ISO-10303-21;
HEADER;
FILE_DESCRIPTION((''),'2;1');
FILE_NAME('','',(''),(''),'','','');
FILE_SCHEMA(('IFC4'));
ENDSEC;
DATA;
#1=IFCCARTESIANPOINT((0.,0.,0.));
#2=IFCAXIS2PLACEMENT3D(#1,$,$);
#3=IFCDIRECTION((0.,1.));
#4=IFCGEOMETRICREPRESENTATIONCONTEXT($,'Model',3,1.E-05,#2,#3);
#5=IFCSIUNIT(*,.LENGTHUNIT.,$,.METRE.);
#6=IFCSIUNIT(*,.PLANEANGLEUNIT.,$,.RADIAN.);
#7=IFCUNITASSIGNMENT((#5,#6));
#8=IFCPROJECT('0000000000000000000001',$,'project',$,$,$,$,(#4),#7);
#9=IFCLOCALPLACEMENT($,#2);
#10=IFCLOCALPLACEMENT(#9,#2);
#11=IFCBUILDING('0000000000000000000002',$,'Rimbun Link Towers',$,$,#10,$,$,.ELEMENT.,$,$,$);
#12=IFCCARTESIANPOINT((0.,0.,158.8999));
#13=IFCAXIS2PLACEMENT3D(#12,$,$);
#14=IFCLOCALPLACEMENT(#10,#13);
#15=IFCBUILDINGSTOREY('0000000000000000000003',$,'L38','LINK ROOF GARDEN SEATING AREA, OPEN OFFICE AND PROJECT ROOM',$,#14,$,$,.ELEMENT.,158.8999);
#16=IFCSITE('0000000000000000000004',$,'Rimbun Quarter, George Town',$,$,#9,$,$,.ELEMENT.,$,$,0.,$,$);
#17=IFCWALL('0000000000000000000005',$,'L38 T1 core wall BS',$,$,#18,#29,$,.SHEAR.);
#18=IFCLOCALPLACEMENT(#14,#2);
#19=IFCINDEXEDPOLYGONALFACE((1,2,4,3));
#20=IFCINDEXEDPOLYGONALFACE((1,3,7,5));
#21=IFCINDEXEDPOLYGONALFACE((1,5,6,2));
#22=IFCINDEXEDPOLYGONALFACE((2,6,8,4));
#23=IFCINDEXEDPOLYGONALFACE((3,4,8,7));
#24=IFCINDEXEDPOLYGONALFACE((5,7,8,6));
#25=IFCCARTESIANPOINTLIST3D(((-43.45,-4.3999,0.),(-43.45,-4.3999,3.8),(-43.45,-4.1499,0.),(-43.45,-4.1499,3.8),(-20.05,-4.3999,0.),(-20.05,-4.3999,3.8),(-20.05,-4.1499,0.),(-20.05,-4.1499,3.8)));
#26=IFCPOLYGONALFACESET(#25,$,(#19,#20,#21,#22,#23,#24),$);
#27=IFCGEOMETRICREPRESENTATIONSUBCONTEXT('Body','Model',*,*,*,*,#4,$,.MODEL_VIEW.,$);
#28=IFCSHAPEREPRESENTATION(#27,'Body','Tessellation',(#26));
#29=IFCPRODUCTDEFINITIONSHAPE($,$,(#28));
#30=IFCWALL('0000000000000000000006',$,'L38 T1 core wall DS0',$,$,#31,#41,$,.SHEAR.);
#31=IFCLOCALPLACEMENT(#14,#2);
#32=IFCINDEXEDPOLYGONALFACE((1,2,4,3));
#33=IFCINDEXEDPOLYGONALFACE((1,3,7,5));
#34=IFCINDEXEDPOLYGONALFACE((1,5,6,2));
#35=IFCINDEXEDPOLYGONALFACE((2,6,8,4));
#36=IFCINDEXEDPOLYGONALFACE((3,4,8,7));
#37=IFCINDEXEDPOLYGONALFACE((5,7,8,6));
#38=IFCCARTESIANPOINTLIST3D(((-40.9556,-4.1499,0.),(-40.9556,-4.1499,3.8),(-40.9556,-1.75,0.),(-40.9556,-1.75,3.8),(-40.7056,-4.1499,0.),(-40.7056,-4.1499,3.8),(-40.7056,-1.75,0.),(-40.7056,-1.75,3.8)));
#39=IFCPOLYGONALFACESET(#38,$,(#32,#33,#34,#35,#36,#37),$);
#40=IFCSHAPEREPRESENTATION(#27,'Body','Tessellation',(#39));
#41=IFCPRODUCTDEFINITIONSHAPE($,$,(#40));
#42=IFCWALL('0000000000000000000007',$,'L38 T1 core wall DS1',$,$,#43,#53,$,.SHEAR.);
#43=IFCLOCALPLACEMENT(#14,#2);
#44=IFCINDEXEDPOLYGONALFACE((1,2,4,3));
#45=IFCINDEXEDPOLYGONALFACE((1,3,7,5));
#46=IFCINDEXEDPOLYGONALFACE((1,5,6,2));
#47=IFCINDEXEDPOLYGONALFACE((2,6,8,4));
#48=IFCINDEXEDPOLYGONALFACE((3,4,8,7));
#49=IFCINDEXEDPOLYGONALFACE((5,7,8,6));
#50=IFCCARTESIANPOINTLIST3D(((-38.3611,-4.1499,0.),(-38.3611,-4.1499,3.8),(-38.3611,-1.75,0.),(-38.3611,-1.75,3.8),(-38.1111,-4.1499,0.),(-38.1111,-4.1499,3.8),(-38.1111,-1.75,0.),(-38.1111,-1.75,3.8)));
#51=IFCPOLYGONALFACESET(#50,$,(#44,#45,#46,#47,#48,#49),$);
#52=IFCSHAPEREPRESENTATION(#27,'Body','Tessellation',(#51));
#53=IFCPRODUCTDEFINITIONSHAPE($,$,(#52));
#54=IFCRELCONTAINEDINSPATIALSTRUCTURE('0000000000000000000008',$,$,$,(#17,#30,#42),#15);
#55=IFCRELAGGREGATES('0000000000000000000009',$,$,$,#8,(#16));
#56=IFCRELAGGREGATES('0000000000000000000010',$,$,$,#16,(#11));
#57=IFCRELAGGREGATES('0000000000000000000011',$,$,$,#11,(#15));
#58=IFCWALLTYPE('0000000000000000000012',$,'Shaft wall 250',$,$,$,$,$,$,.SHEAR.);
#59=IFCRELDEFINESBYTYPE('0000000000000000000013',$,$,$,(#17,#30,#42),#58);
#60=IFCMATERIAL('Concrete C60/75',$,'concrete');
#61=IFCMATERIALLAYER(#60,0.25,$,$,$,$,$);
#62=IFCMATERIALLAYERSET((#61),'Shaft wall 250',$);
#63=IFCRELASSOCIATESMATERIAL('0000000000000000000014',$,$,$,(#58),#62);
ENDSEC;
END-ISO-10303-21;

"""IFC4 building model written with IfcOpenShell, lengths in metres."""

from ifc_helpers import new_model, si_unit, direction, frame, frame_2d, origin, place, context, subcontext, project, spatial, rectangle, extrude, material, layer, layer_set, type_object, element, save


model = new_model("IFC4")

# Units and contexts
model_context = context("Model", 3, precision=1e-05, world=origin(), true_north=direction((0.0, 1.0)))
body_context = subcontext(model_context, "Body", "Model", "MODEL_VIEW")
ifc_project = project(units=[si_unit("LENGTHUNIT", "METRE"), si_unit("PLANEANGLEUNIT", "RADIAN")], contexts=[model_context])

# Site, building, storey
site_placement = place(None, origin())
site = spatial("IfcSite", under=ifc_project, at=site_placement, Name="Rimbun Quarter, George Town", CompositionType="ELEMENT", RefElevation=0.0)
building_placement = place(site_placement, origin())
building = spatial("IfcBuilding", under=site, at=building_placement, Name="Rimbun Link Towers", CompositionType="ELEMENT")
storey_placement = place(building_placement, frame((0.0, 0.0, 158.8999)))
storey = spatial("IfcBuildingStorey", under=building, at=storey_placement, Name="L38", Description="LINK ROOF GARDEN SEATING AREA, OPEN OFFICE AND PROJECT ROOM", CompositionType="ELEMENT", Elevation=158.8999)

# Walls
ifc_material_1 = material(Name="Concrete C60/75", Category="concrete")
ifc_layer_1 = layer(ifc_material_1, 0.25)
ifc_layer_set_1 = layer_set([ifc_layer_1], Name="Shaft wall 250")
wall_type_1 = type_object("IfcWallType", Name="Shaft wall 250", PredefinedType="SHEAR", material=ifc_layer_set_1)
wall_1_placement = place(storey_placement, frame((-43.45, -4.2749, 0.0), z_axis=(0.0, 0.0, 1.0), x_axis=(1.0, 0.0, 0.0)))
element("IfcWall", 1, at=wall_1_placement, inside=storey, type_object=wall_type_1, Name="L38 T1 core wall BS", PredefinedType="SHEAR", context=body_context, shape_type="SweptSolid", body=[
    extrude(rectangle(XDim=23.3999, YDim=0.25, at=frame_2d((11.7, 0.0))), origin(), (0.0, 0.0, 1.0), 3.8),
])
for number, where, z_axis, x_axis, name in (
    (2, (-40.8306, -4.1499, 0.0), (0.0, 0.0, 1.0), (0.0, 1.0, 0.0), "L38 T1 core wall DS0"),
    (3, (-38.2361, -4.1499, 0.0), (0.0, 0.0, 1.0), (0.0, 1.0, 0.0), "L38 T1 core wall DS1"),
):
    element("IfcWall", number, at=place(storey_placement, frame(where, z_axis=z_axis, x_axis=x_axis)), inside=storey, type_object=wall_type_1, Name=name, PredefinedType="SHEAR", context=body_context, shape_type="SweptSolid", body=[
        extrude(rectangle(XDim=2.3999, YDim=0.25, at=frame_2d((1.2, 0.0))), origin(), (0.0, 0.0, 1.0), 3.8),
    ])

save(model, "model.ifc")
